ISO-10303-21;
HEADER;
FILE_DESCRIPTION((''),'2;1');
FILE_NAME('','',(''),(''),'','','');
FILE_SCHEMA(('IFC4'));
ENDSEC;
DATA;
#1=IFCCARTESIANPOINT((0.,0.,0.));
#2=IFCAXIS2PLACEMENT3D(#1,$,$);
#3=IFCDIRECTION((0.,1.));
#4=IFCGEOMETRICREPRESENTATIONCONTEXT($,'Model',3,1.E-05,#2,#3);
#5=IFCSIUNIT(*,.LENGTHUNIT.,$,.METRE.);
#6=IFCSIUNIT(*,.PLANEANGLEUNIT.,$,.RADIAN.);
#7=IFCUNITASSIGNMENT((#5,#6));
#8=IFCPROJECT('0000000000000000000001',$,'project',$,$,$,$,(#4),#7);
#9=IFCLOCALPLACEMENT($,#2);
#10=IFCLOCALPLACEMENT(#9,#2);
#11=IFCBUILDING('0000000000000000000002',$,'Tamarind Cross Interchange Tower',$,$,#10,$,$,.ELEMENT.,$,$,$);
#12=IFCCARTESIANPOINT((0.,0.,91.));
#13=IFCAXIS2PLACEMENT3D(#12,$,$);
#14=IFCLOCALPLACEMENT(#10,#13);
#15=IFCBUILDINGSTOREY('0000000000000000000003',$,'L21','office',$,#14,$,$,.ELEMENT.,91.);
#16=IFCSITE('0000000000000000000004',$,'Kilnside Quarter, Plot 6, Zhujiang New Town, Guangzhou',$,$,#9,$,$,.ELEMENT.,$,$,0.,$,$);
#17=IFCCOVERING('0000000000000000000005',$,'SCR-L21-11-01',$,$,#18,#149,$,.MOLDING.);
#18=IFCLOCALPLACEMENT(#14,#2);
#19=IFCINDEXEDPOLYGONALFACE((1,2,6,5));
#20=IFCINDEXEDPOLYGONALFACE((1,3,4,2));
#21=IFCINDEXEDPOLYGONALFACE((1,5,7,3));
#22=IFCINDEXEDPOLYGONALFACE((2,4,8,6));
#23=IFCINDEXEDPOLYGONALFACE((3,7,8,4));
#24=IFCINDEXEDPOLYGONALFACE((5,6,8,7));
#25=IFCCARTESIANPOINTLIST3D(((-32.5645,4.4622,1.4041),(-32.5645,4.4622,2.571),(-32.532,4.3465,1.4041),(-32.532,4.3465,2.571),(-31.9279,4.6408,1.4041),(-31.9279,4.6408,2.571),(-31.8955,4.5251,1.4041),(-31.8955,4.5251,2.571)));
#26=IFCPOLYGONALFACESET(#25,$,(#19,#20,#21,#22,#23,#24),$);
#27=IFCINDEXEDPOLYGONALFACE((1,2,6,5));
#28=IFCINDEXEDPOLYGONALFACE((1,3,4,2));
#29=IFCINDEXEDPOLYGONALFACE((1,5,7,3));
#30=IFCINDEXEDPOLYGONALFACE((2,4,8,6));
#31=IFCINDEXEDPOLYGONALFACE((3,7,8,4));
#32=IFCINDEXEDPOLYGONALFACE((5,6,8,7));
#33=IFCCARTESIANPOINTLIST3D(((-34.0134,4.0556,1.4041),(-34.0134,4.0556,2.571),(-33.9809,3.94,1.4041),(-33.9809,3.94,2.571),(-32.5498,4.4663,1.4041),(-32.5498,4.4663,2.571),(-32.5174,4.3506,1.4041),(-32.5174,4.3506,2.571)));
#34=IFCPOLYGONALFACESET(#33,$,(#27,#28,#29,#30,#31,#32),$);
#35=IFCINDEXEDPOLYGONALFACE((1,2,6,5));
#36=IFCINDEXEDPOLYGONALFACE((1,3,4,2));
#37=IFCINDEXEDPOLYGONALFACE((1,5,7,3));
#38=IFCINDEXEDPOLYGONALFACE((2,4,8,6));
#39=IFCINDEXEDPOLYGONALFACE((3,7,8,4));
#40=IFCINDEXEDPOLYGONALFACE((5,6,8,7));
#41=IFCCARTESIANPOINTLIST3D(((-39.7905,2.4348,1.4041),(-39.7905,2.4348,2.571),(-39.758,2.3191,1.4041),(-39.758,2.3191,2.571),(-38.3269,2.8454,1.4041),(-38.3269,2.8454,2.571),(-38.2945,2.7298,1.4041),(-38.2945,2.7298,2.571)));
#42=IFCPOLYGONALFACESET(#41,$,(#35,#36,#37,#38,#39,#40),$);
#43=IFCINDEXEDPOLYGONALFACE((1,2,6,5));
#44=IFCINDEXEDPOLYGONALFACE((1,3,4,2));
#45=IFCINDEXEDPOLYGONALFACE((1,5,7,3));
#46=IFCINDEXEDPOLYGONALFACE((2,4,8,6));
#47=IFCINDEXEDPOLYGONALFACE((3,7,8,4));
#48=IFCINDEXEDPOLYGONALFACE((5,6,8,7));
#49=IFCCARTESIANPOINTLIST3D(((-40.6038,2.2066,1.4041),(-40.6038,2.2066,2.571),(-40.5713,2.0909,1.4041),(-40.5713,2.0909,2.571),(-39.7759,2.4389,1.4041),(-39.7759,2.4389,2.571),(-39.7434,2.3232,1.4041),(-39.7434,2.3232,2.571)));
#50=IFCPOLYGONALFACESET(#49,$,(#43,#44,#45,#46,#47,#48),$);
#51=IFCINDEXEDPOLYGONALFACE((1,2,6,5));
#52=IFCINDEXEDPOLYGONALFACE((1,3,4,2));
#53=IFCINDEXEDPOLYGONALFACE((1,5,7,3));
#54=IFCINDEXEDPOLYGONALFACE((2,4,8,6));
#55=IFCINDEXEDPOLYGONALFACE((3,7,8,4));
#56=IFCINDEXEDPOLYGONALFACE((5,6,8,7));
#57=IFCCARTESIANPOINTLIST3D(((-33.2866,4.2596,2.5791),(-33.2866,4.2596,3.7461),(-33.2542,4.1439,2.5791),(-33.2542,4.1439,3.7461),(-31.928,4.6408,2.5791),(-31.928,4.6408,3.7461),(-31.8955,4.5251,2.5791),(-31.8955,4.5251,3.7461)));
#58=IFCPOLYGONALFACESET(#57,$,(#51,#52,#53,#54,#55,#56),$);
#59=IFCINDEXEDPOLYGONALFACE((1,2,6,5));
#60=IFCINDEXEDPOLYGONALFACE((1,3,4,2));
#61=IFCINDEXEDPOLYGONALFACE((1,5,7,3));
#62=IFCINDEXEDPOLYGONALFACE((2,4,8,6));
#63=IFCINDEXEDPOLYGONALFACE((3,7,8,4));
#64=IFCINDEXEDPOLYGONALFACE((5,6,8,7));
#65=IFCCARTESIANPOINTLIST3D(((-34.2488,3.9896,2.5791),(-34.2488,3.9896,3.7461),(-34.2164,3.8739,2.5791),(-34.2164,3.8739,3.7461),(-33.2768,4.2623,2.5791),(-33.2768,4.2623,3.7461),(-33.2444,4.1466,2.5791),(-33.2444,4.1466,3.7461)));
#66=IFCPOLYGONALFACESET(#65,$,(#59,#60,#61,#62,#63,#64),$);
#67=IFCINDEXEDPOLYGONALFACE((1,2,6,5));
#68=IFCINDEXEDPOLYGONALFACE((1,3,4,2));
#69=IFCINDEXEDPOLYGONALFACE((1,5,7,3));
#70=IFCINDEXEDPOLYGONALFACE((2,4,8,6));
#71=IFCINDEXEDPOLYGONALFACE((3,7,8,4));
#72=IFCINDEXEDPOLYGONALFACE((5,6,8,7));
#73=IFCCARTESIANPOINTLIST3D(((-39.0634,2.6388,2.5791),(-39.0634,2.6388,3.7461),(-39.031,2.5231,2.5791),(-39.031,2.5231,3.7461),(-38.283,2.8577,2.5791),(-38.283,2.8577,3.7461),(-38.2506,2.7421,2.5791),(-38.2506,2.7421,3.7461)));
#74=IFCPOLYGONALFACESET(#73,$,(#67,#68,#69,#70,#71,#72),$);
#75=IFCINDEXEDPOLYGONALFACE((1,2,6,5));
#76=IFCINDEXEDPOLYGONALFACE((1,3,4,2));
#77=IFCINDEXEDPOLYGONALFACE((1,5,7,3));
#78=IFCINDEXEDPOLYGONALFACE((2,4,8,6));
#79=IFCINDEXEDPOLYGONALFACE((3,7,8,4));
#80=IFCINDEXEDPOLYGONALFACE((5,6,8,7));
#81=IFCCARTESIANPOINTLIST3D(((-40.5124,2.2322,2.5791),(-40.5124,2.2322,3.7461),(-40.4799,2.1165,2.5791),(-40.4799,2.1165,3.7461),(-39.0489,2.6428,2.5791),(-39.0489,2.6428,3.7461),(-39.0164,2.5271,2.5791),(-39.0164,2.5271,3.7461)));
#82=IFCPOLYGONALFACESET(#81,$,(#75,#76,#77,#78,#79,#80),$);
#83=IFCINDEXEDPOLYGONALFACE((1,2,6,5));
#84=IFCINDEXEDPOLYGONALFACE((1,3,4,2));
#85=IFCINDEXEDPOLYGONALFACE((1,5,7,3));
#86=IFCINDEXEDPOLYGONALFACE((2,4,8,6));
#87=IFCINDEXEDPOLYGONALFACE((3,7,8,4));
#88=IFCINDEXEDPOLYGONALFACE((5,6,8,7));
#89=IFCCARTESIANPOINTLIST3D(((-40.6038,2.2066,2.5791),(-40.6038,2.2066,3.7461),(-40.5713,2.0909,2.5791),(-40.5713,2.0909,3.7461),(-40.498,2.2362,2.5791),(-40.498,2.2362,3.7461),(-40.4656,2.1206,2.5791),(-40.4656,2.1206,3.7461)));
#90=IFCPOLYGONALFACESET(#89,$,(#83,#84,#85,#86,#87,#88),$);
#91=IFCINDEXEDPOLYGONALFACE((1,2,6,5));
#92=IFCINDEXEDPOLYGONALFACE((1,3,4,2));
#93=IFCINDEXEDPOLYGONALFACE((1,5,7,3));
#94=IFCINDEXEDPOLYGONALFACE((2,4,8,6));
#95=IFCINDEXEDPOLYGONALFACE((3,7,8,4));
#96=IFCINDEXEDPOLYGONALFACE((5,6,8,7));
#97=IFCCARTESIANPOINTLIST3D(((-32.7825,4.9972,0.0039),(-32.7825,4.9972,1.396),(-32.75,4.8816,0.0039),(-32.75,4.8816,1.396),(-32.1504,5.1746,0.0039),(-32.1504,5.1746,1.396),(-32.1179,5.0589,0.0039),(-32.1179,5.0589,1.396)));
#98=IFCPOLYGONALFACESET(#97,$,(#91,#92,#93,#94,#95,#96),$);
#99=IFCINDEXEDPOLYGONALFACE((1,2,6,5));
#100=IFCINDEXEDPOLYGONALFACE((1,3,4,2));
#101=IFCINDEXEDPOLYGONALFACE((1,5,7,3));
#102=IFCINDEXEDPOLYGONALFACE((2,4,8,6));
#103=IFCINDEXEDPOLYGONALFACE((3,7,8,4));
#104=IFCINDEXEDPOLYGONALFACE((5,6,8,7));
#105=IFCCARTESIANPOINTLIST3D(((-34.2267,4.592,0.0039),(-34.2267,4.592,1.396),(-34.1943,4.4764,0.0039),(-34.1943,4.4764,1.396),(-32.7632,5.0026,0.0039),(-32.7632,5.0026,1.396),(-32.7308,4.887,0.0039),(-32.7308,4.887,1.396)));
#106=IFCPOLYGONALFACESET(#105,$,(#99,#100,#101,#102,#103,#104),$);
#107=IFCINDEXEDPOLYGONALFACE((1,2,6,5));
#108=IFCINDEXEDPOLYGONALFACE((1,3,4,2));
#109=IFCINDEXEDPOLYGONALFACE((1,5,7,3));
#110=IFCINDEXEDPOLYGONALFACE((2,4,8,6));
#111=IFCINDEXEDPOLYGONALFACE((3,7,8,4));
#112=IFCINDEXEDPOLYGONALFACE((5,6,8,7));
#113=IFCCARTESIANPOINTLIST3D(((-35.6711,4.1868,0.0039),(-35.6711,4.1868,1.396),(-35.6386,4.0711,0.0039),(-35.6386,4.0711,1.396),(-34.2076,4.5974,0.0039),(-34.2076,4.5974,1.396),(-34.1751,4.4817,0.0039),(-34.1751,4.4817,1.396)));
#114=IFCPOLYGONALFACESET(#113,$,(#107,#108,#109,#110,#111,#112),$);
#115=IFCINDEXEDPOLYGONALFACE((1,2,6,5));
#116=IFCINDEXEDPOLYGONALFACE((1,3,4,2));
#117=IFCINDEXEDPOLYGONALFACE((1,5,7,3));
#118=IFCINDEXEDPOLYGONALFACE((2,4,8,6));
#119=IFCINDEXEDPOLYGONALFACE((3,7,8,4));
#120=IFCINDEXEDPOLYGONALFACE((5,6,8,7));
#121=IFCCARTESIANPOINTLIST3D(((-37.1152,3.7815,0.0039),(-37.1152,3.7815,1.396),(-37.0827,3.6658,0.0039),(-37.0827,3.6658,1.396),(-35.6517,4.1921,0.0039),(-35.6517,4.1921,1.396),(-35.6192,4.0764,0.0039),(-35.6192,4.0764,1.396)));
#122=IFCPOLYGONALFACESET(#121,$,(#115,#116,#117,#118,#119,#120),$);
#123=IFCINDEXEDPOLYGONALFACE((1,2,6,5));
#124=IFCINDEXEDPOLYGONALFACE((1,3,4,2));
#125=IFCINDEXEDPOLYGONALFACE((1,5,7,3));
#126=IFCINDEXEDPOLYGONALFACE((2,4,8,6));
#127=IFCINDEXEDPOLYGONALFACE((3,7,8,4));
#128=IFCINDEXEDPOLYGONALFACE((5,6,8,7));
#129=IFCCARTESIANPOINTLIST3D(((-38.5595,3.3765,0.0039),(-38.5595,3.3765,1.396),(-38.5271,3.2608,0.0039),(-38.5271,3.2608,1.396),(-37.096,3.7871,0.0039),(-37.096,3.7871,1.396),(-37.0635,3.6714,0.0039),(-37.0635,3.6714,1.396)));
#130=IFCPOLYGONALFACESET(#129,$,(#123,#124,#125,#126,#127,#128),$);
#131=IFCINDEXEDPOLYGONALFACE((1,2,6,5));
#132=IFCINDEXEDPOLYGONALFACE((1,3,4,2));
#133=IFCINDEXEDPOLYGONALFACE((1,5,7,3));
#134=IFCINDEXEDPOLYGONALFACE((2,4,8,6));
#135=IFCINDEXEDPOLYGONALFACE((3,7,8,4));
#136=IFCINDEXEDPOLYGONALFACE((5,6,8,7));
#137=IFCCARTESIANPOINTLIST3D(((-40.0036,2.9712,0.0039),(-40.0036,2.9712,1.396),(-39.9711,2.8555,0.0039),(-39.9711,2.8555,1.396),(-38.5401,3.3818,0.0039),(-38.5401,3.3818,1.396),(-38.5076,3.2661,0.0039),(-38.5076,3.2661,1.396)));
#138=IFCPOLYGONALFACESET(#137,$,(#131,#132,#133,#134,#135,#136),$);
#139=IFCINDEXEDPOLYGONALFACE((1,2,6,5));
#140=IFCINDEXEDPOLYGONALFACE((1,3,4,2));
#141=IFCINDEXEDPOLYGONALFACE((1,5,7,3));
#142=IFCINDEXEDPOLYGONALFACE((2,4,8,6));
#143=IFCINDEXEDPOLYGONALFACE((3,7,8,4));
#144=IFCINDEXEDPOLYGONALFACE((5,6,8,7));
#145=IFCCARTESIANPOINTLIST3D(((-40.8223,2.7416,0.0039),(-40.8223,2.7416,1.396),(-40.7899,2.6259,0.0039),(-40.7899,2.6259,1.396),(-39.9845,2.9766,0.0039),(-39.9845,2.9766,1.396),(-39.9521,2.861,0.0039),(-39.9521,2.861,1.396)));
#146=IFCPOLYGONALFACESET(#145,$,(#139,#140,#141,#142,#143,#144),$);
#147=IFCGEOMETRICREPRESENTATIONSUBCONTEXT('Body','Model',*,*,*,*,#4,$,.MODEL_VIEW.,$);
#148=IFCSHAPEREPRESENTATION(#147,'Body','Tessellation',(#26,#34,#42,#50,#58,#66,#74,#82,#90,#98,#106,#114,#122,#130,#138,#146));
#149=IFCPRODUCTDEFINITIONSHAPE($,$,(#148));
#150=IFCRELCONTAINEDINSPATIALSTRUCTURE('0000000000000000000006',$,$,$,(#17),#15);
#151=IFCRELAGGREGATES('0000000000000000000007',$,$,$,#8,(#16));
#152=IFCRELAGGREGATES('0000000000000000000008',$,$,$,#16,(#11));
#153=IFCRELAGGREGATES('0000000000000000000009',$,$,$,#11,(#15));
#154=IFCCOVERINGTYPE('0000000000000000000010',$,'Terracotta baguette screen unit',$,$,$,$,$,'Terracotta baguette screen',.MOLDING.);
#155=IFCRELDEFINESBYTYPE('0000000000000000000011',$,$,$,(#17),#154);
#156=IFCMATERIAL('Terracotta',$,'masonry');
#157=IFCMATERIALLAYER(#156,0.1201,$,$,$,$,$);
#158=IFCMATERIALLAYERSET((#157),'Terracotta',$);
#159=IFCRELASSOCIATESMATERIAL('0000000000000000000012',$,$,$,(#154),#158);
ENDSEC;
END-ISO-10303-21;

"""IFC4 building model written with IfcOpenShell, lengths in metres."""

from ifc_helpers import new_model, si_unit, direction, frame, origin, origin_2d, place, context, subcontext, project, spatial, rectangle, extrude, material, layer, layer_set, type_object, element, save


model = new_model("IFC4")

# Units and contexts
model_context = context("Model", 3, precision=1e-05, world=origin(), true_north=direction((0.0, 1.0)))
body_context = subcontext(model_context, "Body", "Model", "MODEL_VIEW")
ifc_project = project(units=[si_unit("LENGTHUNIT", "METRE"), si_unit("PLANEANGLEUNIT", "RADIAN")], contexts=[model_context])

# Site, building, storey
site_placement = place(None, origin())
site = spatial("IfcSite", under=ifc_project, at=site_placement, Name="Kilnside Quarter, Plot 6, Zhujiang New Town, Guangzhou", CompositionType="ELEMENT", RefElevation=0.0)
building_placement = place(site_placement, origin())
building = spatial("IfcBuilding", under=site, at=building_placement, Name="Tamarind Cross Interchange Tower", CompositionType="ELEMENT")
storey_placement = place(building_placement, frame((0.0, 0.0, 91.0)))
storey = spatial("IfcBuildingStorey", under=building, at=storey_placement, Name="L21", Description="office", CompositionType="ELEMENT", Elevation=91.0)

# Covering
ifc_material_1 = material(Name="Terracotta", Category="masonry")
ifc_layer_1 = layer(ifc_material_1, 0.1201)
ifc_layer_set_1 = layer_set([ifc_layer_1], Name="Terracotta")
covering_type = type_object("IfcCoveringType", Name="Terracotta baguette screen unit", ElementType="Terracotta baguette screen", PredefinedType="MOLDING", material=ifc_layer_set_1)
covering_1_placement = place(storey_placement, origin())
element("IfcCovering", 1, at=covering_1_placement, inside=storey, type_object=covering_type, Name="SCR-L21-11-01", PredefinedType="MOLDING", context=body_context, shape_type="SweptSolid", body=[
    extrude(rectangle(XDim=0.6611, YDim=0.1201, at=origin_2d()), frame((-32.23, 4.4937, 1.4041), z_axis=(0.0, 0.0, 1.0), x_axis=(-0.962824, -0.27013, 0.0)), (0.0, 0.0, 1.0), 1.167),
    extrude(rectangle(XDim=1.52, YDim=0.1201, at=origin_2d()), frame((-33.2654, 4.2031, 1.4041), z_axis=(0.0, 0.0, 1.0), x_axis=(-0.962824, -0.27013, 0.0)), (0.0, 0.0, 1.0), 1.167),
    extrude(rectangle(XDim=1.52, YDim=0.1201, at=origin_2d()), frame((-39.0425, 2.5823, 1.4041), z_axis=(0.0, 0.0, 1.0), x_axis=(-0.962824, -0.27013, 0.0)), (0.0, 0.0, 1.0), 1.167),
    extrude(rectangle(XDim=0.8599, YDim=0.1201, at=origin_2d()), frame((-40.1736, 2.2649, 1.4041), z_axis=(0.0, 0.0, 1.0), x_axis=(-0.962824, -0.27013, 0.0)), (0.0, 0.0, 1.0), 1.167),
    extrude(rectangle(XDim=1.4111, YDim=0.1201, at=origin_2d()), frame((-32.5911, 4.3923, 2.5791), z_axis=(0.0, 0.0, 1.0), x_axis=(-0.962824, -0.27013, 0.0)), (0.0, 0.0, 1.0), 1.167),
    extrude(rectangle(XDim=1.0095, YDim=0.1201, at=origin_2d()), frame((-33.7466, 4.0681, 2.5791), z_axis=(0.0, 0.0, 1.0), x_axis=(-0.962824, -0.27013, 0.0)), (0.0, 0.0, 1.0), 1.167),
    extrude(rectangle(XDim=0.8105, YDim=0.1201, at=origin_2d()), frame((-38.657, 2.6904, 2.5791), z_axis=(0.0, 0.0, 1.0), x_axis=(-0.962824, -0.27013, 0.0)), (0.0, 0.0, 1.0), 1.167),
    extrude(rectangle(XDim=1.52, YDim=0.1201, at=origin_2d()), frame((-39.7644, 2.3796, 2.5791), z_axis=(0.0, 0.0, 1.0), x_axis=(-0.962824, -0.27013, 0.0)), (0.0, 0.0, 1.0), 1.167),
    extrude(rectangle(XDim=0.1099, YDim=0.1201, at=origin_2d()), frame((-40.5347, 2.1636, 2.5791), z_axis=(0.0, 0.0, 1.0), x_axis=(-0.962824, -0.27013, 0.0)), (0.0, 0.0, 1.0), 1.167),
    extrude(rectangle(XDim=0.6565, YDim=0.1201, at=origin_2d()), frame((-32.4502, 5.0281, 0.0039), z_axis=(0.0, 0.0, 1.0), x_axis=(-0.962824, -0.27013, 0.0)), (0.0, 0.0, 1.0), 1.3921),
    extrude(rectangle(XDim=1.52, YDim=0.1201, at=origin_2d()), frame((-33.4788, 4.7395, 0.0039), z_axis=(0.0, 0.0, 1.0), x_axis=(-0.962824, -0.27013, 0.0)), (0.0, 0.0, 1.0), 1.3921),
    extrude(rectangle(XDim=1.52, YDim=0.1201, at=origin_2d()), frame((-34.9231, 4.3342, 0.0039), z_axis=(0.0, 0.0, 1.0), x_axis=(-0.962824, -0.27013, 0.0)), (0.0, 0.0, 1.0), 1.3921),
    extrude(rectangle(XDim=1.52, YDim=0.1201, at=origin_2d()), frame((-36.3672, 3.929, 0.0039), z_axis=(0.0, 0.0, 1.0), x_axis=(-0.962824, -0.27013, 0.0)), (0.0, 0.0, 1.0), 1.3921),
    extrude(rectangle(XDim=1.52, YDim=0.1201, at=origin_2d()), frame((-37.8115, 3.5239, 0.0039), z_axis=(0.0, 0.0, 1.0), x_axis=(-0.962824, -0.27013, 0.0)), (0.0, 0.0, 1.0), 1.3921),
    extrude(rectangle(XDim=1.52, YDim=0.1201, at=origin_2d()), frame((-39.2556, 3.1187, 0.0039), z_axis=(0.0, 0.0, 1.0), x_axis=(-0.962824, -0.27013, 0.0)), (0.0, 0.0, 1.0), 1.3921),
    extrude(rectangle(XDim=0.8701, YDim=0.1201, at=origin_2d()), frame((-40.3872, 2.8013, 0.0039), z_axis=(0.0, 0.0, 1.0), x_axis=(-0.962824, -0.27013, 0.0)), (0.0, 0.0, 1.0), 1.3921),
])

save(model, "model.ifc")
